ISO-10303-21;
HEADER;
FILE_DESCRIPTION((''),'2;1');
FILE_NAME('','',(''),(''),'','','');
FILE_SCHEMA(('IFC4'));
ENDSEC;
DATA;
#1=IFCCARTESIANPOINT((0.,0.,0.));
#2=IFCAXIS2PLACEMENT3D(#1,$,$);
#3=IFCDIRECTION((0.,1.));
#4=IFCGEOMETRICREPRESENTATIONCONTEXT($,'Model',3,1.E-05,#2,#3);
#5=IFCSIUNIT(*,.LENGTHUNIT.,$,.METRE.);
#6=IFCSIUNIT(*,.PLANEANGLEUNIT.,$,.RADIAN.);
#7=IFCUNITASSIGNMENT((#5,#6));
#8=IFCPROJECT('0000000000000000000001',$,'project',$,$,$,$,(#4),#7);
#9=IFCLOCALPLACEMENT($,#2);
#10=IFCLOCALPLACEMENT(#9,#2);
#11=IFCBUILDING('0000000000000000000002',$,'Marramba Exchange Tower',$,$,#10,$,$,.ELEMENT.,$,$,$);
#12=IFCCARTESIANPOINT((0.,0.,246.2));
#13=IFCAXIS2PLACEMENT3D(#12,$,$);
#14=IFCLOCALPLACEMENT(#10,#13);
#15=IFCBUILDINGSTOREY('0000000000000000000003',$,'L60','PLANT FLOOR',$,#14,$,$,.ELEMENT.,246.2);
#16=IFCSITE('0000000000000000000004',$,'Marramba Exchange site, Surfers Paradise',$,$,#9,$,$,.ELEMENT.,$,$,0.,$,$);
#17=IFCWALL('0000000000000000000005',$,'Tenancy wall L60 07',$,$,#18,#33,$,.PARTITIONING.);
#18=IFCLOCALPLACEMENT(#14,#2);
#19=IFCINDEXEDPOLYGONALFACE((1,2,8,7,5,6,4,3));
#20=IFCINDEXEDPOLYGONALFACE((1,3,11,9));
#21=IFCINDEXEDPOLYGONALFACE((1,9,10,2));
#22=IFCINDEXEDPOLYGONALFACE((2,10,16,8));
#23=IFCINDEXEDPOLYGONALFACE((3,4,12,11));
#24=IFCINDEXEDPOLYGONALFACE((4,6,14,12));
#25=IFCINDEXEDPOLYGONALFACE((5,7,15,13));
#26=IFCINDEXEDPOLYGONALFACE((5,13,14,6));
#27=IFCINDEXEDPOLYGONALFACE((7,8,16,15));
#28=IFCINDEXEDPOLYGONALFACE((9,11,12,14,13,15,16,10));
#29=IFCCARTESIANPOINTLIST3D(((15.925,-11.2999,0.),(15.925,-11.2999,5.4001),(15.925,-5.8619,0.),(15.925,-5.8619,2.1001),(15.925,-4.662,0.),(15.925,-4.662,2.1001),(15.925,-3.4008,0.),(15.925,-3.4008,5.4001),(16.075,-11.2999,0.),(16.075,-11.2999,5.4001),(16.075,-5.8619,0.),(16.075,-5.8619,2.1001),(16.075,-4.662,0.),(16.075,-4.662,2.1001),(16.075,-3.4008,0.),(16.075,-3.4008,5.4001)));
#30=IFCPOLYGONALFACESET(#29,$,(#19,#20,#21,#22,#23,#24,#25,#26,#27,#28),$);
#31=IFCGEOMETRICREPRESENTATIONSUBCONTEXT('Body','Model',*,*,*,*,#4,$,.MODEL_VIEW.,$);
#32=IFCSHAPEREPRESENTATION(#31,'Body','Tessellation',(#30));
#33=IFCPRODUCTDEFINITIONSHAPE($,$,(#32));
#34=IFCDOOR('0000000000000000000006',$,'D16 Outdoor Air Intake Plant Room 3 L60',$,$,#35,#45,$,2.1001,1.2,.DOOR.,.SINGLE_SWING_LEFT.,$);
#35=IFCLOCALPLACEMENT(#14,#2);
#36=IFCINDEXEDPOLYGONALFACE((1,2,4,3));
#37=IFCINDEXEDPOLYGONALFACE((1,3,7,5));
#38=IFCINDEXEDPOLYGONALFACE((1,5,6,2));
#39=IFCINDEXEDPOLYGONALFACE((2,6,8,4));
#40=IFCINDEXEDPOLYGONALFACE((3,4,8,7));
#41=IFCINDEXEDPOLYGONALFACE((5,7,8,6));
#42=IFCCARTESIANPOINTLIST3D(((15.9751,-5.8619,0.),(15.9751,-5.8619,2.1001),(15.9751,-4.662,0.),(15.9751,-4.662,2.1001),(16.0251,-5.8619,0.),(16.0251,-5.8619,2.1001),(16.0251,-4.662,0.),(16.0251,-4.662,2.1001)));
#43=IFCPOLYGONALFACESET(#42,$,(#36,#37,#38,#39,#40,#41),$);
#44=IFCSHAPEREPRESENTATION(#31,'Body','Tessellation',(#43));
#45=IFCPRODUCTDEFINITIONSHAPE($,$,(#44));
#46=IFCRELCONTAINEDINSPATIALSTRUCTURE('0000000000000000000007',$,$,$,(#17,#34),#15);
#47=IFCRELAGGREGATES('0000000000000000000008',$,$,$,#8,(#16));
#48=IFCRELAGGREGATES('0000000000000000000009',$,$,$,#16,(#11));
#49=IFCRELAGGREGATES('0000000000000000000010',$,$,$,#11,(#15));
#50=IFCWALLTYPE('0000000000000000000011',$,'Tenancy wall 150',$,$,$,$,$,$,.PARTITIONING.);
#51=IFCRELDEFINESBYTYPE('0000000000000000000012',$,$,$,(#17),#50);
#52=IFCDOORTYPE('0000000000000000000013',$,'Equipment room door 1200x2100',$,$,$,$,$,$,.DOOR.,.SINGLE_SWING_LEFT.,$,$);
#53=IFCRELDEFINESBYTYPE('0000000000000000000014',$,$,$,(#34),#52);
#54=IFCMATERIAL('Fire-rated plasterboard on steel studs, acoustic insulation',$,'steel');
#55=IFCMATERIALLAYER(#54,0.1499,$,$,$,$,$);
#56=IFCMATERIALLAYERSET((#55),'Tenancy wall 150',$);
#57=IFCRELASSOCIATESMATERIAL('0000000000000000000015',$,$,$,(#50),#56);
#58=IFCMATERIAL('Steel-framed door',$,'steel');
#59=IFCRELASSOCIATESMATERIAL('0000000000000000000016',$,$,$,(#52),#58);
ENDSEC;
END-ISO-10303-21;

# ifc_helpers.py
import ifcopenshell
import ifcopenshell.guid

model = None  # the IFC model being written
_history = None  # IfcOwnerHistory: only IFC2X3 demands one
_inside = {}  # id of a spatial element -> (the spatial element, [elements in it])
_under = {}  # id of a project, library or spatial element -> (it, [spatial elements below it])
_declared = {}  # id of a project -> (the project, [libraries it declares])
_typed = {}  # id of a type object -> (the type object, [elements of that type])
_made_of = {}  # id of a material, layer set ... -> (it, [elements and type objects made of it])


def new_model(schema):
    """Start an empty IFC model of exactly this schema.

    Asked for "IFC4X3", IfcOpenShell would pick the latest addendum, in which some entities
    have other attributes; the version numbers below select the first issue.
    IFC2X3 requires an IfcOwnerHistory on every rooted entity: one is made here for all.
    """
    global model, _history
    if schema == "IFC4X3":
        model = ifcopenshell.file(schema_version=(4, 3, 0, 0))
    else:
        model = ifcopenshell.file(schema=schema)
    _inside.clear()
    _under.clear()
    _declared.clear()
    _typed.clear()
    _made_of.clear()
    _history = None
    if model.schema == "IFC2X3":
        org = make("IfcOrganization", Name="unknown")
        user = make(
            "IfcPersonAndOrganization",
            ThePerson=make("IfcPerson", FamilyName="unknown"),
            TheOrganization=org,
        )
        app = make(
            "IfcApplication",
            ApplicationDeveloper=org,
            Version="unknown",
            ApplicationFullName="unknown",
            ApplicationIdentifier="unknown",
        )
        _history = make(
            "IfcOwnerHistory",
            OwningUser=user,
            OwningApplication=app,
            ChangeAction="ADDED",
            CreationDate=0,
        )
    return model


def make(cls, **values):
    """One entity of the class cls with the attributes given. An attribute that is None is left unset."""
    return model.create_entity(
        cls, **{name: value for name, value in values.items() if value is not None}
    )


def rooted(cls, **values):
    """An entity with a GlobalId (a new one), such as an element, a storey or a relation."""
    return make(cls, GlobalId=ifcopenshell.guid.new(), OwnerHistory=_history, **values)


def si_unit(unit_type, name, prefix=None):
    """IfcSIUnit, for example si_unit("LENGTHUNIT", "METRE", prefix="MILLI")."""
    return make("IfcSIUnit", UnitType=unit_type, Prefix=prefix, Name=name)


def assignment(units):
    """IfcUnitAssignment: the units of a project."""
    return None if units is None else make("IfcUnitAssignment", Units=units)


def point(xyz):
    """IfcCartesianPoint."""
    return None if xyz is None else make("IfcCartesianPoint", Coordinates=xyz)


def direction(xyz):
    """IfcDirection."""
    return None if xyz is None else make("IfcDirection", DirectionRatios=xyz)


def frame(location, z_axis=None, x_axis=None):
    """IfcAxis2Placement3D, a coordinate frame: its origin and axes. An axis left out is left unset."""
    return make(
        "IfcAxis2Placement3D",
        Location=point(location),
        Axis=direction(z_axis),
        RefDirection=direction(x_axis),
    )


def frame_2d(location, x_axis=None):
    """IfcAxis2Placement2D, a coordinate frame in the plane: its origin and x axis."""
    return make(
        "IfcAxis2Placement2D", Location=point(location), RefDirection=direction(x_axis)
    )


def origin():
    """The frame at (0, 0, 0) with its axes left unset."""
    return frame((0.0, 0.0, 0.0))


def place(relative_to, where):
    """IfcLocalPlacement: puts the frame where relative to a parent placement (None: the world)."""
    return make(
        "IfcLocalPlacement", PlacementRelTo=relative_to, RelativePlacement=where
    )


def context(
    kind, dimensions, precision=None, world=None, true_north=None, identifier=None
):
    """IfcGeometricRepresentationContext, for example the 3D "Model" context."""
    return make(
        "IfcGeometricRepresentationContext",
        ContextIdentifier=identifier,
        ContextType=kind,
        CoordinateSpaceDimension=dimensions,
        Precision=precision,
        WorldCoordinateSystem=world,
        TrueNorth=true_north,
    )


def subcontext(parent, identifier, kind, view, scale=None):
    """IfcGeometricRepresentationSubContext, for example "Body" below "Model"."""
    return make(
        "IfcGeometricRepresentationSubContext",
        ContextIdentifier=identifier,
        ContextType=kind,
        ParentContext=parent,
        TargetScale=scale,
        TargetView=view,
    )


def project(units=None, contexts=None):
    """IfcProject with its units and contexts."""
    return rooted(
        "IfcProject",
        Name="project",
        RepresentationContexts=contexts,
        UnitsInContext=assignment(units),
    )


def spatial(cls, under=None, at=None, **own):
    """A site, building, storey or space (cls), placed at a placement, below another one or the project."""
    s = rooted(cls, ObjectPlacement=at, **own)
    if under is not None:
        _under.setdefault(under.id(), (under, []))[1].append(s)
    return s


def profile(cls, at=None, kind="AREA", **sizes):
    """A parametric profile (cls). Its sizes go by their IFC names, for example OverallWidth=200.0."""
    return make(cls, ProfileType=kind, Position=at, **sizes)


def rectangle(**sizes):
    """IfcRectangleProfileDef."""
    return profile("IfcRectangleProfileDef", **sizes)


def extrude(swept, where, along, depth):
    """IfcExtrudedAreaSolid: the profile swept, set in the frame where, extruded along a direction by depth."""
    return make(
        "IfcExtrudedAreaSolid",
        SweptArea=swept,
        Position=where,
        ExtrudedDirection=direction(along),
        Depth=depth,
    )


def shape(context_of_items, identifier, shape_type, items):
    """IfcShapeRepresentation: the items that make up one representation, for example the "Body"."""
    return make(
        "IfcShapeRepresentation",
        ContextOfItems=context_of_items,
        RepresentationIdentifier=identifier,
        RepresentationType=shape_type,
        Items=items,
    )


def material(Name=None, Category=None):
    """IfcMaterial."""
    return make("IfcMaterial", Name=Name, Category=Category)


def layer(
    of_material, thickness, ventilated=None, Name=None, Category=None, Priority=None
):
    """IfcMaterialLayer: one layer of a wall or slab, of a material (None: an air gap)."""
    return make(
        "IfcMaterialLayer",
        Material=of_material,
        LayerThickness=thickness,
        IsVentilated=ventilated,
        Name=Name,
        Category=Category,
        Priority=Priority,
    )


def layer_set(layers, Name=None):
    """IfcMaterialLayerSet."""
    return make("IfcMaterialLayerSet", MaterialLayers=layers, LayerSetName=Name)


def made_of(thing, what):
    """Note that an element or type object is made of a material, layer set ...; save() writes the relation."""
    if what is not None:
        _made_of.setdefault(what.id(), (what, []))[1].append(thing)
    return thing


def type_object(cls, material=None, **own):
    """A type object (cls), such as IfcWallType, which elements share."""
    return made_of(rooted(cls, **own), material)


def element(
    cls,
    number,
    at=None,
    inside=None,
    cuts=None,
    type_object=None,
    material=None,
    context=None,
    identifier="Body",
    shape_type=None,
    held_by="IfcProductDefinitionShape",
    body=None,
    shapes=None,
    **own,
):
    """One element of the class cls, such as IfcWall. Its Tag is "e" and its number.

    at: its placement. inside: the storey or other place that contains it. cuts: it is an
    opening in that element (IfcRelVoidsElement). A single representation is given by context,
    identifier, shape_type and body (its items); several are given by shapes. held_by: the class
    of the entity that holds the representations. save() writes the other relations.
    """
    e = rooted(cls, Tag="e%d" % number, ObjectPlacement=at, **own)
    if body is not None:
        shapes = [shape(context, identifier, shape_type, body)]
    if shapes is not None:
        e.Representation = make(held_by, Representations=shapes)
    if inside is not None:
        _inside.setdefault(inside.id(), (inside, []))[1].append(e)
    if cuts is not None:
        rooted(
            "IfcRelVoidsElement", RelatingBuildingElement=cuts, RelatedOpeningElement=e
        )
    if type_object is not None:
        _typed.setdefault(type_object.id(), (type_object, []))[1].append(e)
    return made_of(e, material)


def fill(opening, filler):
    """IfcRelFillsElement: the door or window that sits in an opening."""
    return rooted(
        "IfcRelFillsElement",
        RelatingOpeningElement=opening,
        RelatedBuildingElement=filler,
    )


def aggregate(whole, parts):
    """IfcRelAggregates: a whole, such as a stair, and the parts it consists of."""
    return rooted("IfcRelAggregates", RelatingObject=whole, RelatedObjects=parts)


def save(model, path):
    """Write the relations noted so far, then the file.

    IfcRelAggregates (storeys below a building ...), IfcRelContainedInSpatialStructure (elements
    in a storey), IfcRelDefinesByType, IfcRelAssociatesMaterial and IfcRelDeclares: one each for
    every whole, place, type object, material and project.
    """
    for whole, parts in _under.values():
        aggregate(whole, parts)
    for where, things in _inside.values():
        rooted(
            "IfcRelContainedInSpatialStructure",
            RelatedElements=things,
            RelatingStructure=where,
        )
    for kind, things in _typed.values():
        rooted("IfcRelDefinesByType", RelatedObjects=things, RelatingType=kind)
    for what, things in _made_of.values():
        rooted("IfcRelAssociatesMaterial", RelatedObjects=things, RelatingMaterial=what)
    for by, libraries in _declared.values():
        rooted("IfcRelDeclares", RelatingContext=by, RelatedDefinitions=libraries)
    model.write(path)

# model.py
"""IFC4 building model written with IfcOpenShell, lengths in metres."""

from ifc_helpers import new_model, si_unit, direction, frame, frame_2d, origin, place, context, subcontext, project, spatial, rectangle, extrude, material, layer, layer_set, type_object, element, fill, save


model = new_model("IFC4")

# Units and contexts
model_context = context("Model", 3, precision=1e-05, world=origin(), true_north=direction((0.0, 1.0)))
body_context = subcontext(model_context, "Body", "Model", "MODEL_VIEW")
ifc_project = project(units=[si_unit("LENGTHUNIT", "METRE"), si_unit("PLANEANGLEUNIT", "RADIAN")], contexts=[model_context])

# Site, building, storey
site_placement = place(None, origin())
site = spatial("IfcSite", under=ifc_project, at=site_placement, Name="Marramba Exchange site, Surfers Paradise", CompositionType="ELEMENT", RefElevation=0.0)
building_placement = place(site_placement, origin())
building = spatial("IfcBuilding", under=site, at=building_placement, Name="Marramba Exchange Tower", CompositionType="ELEMENT")
storey_placement = place(building_placement, frame((0.0, 0.0, 246.2)))
storey = spatial("IfcBuildingStorey", under=building, at=storey_placement, Name="L60", Description="PLANT FLOOR", CompositionType="ELEMENT", Elevation=246.2)

# Wall, opening, door
ifc_material_1 = material(Name="Steel-framed door", Category="steel")
ifc_material_2 = material(Name="Fire-rated plasterboard on steel studs, acoustic insulation", Category="steel")
ifc_layer_1 = layer(ifc_material_2, 0.1499)
ifc_layer_set_1 = layer_set([ifc_layer_1], Name="Tenancy wall 150")
wall_type_1 = type_object("IfcWallType", Name="Tenancy wall 150", PredefinedType="PARTITIONING", material=ifc_layer_set_1)
wall_1_placement = place(storey_placement, frame((16.0, -11.3, 0.0), z_axis=(0.0, 0.0, 1.0), x_axis=(0.0, 1.0, 0.0)))
wall_1 = element("IfcWall", 1, at=wall_1_placement, inside=storey, type_object=wall_type_1, Name="Tenancy wall L60 07", PredefinedType="PARTITIONING", context=body_context, shape_type="SweptSolid", body=[
    extrude(rectangle(XDim=7.8992, YDim=0.1499, at=frame_2d((3.9497, 0.0))), origin(), (0.0, 0.0, 1.0), 5.4001),
])
opening_1_placement = place(wall_1_placement, frame((5.438, 0.0, 0.0)))
opening_1 = element("IfcOpeningElement", 2, at=opening_1_placement, cuts=wall_1, PredefinedType="OPENING", context=body_context, shape_type="SweptSolid", body=[
    extrude(rectangle(XDim=1.2, YDim=2.1001, at=frame_2d((0.6001, 1.05))), frame((0.0, 0.085, 0.0), z_axis=(0.0, -1.0, 0.0), x_axis=(1.0, 0.0, 0.0)), (0.0, 0.0, 1.0), 0.1699),
])
door_type_1 = type_object("IfcDoorType", Name="Equipment room door 1200x2100", OperationType="SINGLE_SWING_LEFT", PredefinedType="DOOR", material=ifc_material_1)
door_1_placement = place(opening_1_placement, frame((1.2, 0.0, 0.0), z_axis=(0.0, 0.0, 1.0), x_axis=(-1.0, 0.0, 0.0)))
door_1 = element("IfcDoor", 3, at=door_1_placement, inside=storey, type_object=door_type_1, Name="D16 Outdoor Air Intake Plant Room 3 L60", OperationType="SINGLE_SWING_LEFT", OverallHeight=2.1001, OverallWidth=1.2, PredefinedType="DOOR", context=body_context, shape_type="SweptSolid", body=[
    extrude(rectangle(XDim=1.2, YDim=2.1001, at=frame_2d((0.5999, 1.05))), frame((0.0, 0.0251, 0.0), z_axis=(0.0, -1.0, 0.0), x_axis=(1.0, 0.0, 0.0)), (0.0, 0.0, 1.0), 0.05),
])
fill(opening_1, door_1)

save(model, "model.ifc")
